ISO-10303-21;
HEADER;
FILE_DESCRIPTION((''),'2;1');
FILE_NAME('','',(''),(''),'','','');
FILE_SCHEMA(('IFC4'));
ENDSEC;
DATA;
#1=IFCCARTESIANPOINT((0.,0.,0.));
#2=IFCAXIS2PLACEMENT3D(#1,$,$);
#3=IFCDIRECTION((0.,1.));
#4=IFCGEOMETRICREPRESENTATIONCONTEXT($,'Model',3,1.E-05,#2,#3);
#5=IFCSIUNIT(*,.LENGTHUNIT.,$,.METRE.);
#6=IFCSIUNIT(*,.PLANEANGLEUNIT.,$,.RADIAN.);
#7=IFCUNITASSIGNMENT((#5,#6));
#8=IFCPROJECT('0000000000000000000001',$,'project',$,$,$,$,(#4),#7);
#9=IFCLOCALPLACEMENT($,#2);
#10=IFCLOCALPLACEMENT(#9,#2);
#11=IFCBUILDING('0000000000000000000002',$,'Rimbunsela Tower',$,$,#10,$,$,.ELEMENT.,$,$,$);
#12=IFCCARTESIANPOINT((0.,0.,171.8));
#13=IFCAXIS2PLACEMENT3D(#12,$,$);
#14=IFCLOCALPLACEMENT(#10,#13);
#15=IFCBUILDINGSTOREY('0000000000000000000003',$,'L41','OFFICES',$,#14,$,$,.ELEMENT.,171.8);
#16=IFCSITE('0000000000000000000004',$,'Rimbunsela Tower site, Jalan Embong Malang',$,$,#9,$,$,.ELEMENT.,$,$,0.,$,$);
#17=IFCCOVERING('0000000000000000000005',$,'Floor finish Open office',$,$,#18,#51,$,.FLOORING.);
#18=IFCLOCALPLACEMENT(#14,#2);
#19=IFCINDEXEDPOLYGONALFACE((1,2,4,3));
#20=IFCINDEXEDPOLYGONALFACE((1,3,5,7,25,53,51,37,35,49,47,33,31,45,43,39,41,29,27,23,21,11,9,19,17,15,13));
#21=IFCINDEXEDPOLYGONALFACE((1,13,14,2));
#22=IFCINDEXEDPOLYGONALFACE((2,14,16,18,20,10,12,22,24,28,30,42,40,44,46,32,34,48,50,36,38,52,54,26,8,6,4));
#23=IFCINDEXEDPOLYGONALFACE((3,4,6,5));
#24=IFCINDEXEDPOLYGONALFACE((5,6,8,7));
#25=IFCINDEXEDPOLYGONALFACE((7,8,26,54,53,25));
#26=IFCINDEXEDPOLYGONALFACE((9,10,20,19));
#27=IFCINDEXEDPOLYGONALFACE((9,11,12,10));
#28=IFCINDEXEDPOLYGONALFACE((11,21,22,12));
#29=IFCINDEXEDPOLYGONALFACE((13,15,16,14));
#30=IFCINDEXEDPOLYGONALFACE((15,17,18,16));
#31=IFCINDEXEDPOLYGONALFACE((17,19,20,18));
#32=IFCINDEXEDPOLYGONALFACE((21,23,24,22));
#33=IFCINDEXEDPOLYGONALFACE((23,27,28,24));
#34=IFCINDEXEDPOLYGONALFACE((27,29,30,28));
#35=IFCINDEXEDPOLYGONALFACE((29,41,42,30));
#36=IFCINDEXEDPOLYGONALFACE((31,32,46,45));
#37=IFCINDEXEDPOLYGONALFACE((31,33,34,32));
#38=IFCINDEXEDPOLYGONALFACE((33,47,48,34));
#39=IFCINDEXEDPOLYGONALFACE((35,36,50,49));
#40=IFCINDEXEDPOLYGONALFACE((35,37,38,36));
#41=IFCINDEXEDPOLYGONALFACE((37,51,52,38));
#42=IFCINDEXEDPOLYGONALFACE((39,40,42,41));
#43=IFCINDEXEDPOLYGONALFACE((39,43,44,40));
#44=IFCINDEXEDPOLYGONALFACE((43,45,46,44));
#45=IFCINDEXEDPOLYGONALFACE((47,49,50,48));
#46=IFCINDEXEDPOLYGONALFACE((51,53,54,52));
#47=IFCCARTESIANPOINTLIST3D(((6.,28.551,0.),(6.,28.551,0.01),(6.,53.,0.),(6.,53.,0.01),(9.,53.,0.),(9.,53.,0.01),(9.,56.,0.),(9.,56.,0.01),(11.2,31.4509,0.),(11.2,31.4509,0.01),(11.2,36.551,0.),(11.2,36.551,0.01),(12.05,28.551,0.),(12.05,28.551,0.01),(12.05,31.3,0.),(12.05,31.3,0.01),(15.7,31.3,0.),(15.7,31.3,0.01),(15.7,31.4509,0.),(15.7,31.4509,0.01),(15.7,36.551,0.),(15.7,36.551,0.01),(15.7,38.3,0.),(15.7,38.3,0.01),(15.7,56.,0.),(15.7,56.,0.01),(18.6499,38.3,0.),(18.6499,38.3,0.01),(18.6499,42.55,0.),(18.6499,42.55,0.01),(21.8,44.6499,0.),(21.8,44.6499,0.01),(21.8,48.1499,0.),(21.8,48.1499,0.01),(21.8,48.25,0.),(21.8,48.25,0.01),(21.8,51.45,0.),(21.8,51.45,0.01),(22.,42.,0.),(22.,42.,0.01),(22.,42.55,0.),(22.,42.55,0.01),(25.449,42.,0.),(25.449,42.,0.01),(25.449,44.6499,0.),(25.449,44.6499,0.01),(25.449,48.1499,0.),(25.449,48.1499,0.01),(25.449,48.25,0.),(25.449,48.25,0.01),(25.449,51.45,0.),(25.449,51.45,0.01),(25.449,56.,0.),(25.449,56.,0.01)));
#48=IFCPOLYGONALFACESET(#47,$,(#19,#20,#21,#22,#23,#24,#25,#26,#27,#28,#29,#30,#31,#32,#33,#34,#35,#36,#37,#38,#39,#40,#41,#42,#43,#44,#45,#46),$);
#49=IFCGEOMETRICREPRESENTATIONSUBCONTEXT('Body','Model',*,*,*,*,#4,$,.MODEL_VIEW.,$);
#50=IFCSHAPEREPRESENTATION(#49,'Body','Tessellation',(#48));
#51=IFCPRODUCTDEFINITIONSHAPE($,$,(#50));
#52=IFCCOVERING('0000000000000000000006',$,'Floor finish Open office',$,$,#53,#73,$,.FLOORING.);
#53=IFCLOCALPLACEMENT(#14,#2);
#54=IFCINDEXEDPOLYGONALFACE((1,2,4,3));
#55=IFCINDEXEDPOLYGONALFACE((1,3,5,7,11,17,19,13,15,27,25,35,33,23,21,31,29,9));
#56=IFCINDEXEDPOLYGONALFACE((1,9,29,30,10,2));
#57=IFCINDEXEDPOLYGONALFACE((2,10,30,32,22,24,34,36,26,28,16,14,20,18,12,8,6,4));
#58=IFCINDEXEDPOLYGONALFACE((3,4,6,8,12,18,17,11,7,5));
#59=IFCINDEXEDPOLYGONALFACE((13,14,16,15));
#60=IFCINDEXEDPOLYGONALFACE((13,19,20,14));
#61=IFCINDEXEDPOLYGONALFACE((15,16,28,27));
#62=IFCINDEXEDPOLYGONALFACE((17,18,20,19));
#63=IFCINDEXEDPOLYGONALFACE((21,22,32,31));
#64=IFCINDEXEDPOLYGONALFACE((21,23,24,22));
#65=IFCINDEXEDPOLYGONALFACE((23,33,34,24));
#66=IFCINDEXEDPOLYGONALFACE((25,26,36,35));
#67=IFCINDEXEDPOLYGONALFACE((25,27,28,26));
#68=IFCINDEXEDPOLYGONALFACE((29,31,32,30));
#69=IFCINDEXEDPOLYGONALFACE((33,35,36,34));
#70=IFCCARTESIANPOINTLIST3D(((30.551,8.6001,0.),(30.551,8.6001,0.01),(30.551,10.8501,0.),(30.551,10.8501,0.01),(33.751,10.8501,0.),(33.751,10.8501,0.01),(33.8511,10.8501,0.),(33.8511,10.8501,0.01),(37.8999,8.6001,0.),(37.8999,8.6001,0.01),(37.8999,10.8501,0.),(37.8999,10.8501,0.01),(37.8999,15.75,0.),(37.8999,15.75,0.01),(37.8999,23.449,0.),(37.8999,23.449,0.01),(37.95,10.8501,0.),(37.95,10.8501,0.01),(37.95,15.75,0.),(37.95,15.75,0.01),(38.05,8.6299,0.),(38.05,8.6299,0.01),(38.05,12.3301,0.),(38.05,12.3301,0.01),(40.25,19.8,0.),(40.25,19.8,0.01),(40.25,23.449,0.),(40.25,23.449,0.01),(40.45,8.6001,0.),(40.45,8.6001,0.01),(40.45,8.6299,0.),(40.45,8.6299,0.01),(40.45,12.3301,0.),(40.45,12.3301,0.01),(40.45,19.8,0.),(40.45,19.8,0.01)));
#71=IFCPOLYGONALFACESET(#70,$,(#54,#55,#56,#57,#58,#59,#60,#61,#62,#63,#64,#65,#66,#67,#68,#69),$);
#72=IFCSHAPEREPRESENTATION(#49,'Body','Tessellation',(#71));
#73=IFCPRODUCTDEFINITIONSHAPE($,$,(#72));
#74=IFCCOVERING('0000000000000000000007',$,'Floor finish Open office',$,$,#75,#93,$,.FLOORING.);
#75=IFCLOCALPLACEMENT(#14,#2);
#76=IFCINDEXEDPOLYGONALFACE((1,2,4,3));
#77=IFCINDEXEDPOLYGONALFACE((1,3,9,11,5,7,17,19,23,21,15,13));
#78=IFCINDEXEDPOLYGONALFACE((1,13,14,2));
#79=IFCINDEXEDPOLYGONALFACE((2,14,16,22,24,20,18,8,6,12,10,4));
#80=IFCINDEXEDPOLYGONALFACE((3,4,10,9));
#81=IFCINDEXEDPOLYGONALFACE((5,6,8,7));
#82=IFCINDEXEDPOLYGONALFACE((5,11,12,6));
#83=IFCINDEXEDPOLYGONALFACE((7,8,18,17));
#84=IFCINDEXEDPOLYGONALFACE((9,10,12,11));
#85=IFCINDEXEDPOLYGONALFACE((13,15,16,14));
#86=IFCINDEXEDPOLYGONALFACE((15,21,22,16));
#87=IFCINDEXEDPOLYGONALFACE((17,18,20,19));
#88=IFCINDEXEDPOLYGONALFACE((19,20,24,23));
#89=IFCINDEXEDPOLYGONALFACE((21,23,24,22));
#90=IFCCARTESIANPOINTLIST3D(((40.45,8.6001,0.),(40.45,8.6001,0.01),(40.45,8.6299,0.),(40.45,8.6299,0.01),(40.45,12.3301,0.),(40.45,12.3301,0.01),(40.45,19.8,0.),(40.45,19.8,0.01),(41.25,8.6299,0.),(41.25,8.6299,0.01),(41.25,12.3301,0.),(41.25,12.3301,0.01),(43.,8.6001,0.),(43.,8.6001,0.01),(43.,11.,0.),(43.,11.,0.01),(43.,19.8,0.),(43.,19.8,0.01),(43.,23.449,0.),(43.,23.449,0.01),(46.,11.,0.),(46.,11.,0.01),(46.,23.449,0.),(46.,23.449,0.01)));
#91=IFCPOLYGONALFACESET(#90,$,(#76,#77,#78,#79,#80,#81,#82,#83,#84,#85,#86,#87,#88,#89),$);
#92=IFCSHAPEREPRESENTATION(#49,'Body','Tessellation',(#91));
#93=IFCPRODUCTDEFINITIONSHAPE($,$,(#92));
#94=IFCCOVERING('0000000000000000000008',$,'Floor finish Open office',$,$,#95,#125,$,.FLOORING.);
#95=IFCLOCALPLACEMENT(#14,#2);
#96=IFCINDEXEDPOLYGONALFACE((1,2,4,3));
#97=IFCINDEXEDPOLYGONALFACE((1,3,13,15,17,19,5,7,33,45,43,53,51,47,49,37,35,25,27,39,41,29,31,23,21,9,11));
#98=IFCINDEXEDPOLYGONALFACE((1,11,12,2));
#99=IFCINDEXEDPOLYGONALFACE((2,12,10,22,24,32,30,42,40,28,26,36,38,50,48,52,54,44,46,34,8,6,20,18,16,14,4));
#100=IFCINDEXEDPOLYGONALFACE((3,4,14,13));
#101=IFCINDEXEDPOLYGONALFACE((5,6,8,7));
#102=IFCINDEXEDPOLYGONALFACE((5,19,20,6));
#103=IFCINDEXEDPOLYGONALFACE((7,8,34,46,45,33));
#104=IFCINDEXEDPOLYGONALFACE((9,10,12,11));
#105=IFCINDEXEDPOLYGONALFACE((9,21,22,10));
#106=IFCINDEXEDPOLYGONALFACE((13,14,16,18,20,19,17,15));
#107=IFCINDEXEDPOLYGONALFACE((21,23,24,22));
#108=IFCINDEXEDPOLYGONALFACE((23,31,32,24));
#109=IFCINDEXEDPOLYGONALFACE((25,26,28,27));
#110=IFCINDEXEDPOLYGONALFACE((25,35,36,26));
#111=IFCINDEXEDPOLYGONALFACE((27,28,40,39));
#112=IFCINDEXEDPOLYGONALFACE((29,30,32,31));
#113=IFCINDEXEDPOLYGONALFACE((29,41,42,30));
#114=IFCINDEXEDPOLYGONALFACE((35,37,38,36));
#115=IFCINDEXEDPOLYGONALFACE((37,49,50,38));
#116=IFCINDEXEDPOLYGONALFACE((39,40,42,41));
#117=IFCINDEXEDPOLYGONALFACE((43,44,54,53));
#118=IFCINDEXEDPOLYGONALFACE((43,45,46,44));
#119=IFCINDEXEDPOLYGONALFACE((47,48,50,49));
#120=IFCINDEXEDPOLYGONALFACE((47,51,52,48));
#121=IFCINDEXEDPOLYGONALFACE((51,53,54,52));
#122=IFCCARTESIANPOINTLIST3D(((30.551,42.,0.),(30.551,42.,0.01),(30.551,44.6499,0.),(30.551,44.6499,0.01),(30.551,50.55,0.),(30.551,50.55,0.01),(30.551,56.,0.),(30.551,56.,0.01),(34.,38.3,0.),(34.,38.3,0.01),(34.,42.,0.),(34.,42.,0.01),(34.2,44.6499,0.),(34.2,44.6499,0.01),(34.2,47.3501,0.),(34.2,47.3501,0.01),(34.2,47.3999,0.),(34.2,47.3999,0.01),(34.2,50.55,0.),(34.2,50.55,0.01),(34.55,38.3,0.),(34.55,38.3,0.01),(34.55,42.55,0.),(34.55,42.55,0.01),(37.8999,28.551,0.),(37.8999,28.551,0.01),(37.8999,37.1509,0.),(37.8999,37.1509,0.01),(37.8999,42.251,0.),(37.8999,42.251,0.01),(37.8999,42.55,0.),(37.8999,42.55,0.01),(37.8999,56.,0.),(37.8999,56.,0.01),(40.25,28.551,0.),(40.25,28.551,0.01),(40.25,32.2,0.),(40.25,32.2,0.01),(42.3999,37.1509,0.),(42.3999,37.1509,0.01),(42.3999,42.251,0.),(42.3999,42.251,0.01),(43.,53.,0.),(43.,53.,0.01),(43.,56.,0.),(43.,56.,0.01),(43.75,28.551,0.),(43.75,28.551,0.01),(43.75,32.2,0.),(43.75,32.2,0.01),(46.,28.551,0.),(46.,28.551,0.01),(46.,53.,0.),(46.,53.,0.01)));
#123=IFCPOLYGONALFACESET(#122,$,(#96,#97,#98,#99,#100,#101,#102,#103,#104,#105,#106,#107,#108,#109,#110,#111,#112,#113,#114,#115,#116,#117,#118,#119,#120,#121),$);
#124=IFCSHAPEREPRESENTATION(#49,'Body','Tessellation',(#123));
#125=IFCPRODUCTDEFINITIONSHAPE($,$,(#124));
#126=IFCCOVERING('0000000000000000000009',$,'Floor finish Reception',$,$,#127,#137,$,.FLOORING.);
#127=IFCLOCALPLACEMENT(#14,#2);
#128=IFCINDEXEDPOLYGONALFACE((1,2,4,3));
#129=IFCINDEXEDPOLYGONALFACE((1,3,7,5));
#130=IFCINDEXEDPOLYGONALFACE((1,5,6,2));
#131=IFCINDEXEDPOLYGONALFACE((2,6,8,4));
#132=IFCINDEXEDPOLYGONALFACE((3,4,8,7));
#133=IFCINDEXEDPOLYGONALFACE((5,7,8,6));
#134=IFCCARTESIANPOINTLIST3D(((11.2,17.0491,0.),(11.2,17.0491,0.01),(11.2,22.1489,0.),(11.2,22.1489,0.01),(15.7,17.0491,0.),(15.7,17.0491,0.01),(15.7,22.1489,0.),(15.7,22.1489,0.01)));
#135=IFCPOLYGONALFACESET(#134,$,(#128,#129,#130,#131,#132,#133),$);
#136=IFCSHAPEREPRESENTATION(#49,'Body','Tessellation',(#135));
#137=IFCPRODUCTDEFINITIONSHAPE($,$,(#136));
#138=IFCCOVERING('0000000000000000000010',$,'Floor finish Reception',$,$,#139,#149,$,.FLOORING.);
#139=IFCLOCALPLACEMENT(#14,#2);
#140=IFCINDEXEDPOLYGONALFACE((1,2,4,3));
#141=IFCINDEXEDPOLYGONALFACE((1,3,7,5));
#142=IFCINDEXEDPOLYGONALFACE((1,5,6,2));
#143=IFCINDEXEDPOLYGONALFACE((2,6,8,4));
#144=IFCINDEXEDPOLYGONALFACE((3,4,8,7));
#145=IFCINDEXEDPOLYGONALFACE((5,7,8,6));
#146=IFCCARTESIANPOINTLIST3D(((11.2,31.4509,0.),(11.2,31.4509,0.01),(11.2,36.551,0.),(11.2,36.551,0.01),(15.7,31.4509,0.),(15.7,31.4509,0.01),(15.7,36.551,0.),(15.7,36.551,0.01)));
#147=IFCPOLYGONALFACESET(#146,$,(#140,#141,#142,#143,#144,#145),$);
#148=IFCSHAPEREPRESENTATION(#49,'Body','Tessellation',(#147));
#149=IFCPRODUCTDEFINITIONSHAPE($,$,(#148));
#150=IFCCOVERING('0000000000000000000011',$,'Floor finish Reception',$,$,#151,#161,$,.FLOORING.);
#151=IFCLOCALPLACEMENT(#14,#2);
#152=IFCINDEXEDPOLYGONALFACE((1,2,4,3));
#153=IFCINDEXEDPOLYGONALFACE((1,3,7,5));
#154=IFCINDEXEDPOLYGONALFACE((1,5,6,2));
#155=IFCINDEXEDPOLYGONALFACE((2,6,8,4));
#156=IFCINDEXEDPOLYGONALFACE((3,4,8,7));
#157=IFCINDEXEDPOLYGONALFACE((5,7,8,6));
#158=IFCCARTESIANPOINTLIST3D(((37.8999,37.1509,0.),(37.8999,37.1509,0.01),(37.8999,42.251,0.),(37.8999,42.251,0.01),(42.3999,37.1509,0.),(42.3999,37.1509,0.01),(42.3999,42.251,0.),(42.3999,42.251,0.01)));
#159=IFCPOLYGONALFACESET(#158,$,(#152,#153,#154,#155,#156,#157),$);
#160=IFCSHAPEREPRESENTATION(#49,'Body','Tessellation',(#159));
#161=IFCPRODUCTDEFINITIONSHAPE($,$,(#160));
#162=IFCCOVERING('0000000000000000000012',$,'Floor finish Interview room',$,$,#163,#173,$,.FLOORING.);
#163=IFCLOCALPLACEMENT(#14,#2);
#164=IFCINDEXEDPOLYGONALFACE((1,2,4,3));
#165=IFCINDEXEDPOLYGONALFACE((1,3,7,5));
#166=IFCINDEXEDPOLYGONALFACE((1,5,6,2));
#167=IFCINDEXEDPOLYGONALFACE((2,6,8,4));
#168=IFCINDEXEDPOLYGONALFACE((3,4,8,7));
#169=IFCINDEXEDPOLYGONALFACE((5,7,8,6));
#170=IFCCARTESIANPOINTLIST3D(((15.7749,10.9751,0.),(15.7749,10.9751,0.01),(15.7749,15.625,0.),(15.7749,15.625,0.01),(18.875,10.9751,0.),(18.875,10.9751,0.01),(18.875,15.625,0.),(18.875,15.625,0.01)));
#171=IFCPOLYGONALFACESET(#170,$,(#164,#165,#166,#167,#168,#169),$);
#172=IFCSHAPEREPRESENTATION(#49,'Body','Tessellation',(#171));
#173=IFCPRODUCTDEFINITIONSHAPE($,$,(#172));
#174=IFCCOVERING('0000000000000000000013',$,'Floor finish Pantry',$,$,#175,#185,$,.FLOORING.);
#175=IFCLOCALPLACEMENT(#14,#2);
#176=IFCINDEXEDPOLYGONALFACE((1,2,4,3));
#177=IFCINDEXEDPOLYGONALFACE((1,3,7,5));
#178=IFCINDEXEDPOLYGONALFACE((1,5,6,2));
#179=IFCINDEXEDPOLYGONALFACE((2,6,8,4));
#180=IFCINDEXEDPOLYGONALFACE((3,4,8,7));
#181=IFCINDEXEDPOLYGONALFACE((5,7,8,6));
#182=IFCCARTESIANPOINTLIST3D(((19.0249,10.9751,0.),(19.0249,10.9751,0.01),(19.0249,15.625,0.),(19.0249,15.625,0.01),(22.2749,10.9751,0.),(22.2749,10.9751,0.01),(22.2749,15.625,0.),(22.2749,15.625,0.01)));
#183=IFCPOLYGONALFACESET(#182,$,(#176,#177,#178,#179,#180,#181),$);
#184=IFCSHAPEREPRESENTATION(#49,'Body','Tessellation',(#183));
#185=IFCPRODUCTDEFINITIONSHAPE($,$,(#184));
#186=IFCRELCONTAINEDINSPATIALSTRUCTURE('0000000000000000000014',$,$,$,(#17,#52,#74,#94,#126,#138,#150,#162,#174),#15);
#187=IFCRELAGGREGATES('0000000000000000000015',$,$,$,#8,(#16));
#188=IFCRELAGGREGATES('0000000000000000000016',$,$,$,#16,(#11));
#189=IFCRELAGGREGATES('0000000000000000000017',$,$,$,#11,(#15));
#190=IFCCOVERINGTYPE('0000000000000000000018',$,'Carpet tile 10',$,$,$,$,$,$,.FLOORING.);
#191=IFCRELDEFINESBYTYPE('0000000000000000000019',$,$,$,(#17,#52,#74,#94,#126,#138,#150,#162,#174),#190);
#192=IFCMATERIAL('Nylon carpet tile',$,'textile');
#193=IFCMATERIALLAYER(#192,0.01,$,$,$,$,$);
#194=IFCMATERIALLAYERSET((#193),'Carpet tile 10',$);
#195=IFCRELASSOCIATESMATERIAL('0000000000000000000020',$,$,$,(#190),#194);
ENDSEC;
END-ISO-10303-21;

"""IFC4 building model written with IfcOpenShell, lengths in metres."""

from ifc_helpers import new_model, si_unit, direction, frame, origin, place, context, subcontext, project, spatial, polyline, outline, extrude, material, layer, layer_set, type_object, element, save


model = new_model("IFC4")

# Units and contexts
model_context = context("Model", 3, precision=1e-05, world=origin(), true_north=direction((0.0, 1.0)))
body_context = subcontext(model_context, "Body", "Model", "MODEL_VIEW")
ifc_project = project(units=[si_unit("LENGTHUNIT", "METRE"), si_unit("PLANEANGLEUNIT", "RADIAN")], contexts=[model_context])

# Site, building, storey
site_placement = place(None, origin())
site = spatial("IfcSite", under=ifc_project, at=site_placement, Name="Rimbunsela Tower site, Jalan Embong Malang", CompositionType="ELEMENT", RefElevation=0.0)
building_placement = place(site_placement, origin())
building = spatial("IfcBuilding", under=site, at=building_placement, Name="Rimbunsela Tower", CompositionType="ELEMENT")
storey_placement = place(building_placement, frame((0.0, 0.0, 171.8)))
storey = spatial("IfcBuildingStorey", under=building, at=storey_placement, Name="L41", Description="OFFICES", CompositionType="ELEMENT", Elevation=171.8)

# Coverings
ifc_material_1 = material(Name="Nylon carpet tile", Category="textile")
ifc_layer_1 = layer(ifc_material_1, 0.01)
ifc_layer_set_1 = layer_set([ifc_layer_1], Name="Carpet tile 10")
covering_type_1 = type_object("IfcCoveringType", Name="Carpet tile 10", PredefinedType="FLOORING", material=ifc_layer_set_1)
covering_1_placement = place(storey_placement, origin())
element("IfcCovering", 1, at=covering_1_placement, inside=storey, type_object=covering_type_1, Name="Floor finish Open office", PredefinedType="FLOORING", context=body_context, shape_type="SweptSolid", body=[
    extrude(outline(polyline([(11.2, 31.4509), (15.7, 31.4509), (15.7, 31.3), (12.05, 31.3), (12.05, 28.551), (6.0, 28.551), (6.0, 53.0), (9.0, 53.0), (9.0, 56.0), (15.7, 56.0), (25.449, 56.0), (25.449, 51.45), (21.8, 51.45), (21.8, 48.25), (25.449, 48.25), (25.449, 48.1499), (21.8, 48.1499), (21.8, 44.6499), (25.449, 44.6499), (25.449, 42.0), (22.0, 42.0), (22.0, 42.55), (18.6499, 42.55), (18.6499, 38.3), (15.7, 38.3), (15.7, 36.551), (11.2, 36.551), (11.2, 31.4509)])), origin(), (0.0, 0.0, 1.0), 0.01),
])
covering_2_placement = place(storey_placement, origin())
element("IfcCovering", 2, at=covering_2_placement, inside=storey, type_object=covering_type_1, Name="Floor finish Open office", PredefinedType="FLOORING", context=body_context, shape_type="SweptSolid", body=[
    extrude(outline(polyline([(33.751, 10.8501), (33.8511, 10.8501), (37.8999, 10.8501), (37.95, 10.8501), (37.95, 15.75), (37.8999, 15.75), (37.8999, 23.449), (40.25, 23.449), (40.25, 19.8), (40.45, 19.8), (40.45, 12.3301), (38.05, 12.3301), (38.05, 8.6299), (40.45, 8.6299), (40.45, 8.6001), (37.8999, 8.6001), (30.551, 8.6001), (30.551, 10.8501), (33.751, 10.8501)])), origin(), (0.0, 0.0, 1.0), 0.01),
])
covering_3_placement = place(storey_placement, origin())
element("IfcCovering", 3, at=covering_3_placement, inside=storey, type_object=covering_type_1, Name="Floor finish Open office", PredefinedType="FLOORING", context=body_context, shape_type="SweptSolid", body=[
    extrude(outline(polyline([(40.45, 19.8), (43.0, 19.8), (43.0, 23.449), (46.0, 23.449), (46.0, 11.0), (43.0, 11.0), (43.0, 8.6001), (40.45, 8.6001), (40.45, 8.6299), (41.25, 8.6299), (41.25, 12.3301), (40.45, 12.3301), (40.45, 19.8)])), origin(), (0.0, 0.0, 1.0), 0.01),
])
covering_4_placement = place(storey_placement, origin())
element("IfcCovering", 4, at=covering_4_placement, inside=storey, type_object=covering_type_1, Name="Floor finish Open office", PredefinedType="FLOORING", context=body_context, shape_type="SweptSolid", body=[
    extrude(outline(polyline([(37.8999, 42.55), (34.55, 42.55), (34.55, 38.3), (34.0, 38.3), (34.0, 42.0), (30.551, 42.0), (30.551, 44.6499), (34.2, 44.6499), (34.2, 47.3501), (34.2, 47.3999), (34.2, 50.55), (30.551, 50.55), (30.551, 56.0), (37.8999, 56.0), (43.0, 56.0), (43.0, 53.0), (46.0, 53.0), (46.0, 28.551), (43.75, 28.551), (43.75, 32.2), (40.25, 32.2), (40.25, 28.551), (37.8999, 28.551), (37.8999, 37.1509), (42.3999, 37.1509), (42.3999, 42.251), (37.8999, 42.251), (37.8999, 42.55)])), origin(), (0.0, 0.0, 1.0), 0.01),
])
covering_5_placement = place(storey_placement, origin())
element("IfcCovering", 5, at=covering_5_placement, inside=storey, type_object=covering_type_1, Name="Floor finish Reception", PredefinedType="FLOORING", context=body_context, shape_type="SweptSolid", body=[
    extrude(outline(polyline([(15.7, 17.0491), (15.7, 22.1489), (11.2, 22.1489), (11.2, 17.0491), (15.7, 17.0491)])), origin(), (0.0, 0.0, 1.0), 0.01),
])
covering_6_placement = place(storey_placement, origin())
element("IfcCovering", 6, at=covering_6_placement, inside=storey, type_object=covering_type_1, Name="Floor finish Reception", PredefinedType="FLOORING", context=body_context, shape_type="SweptSolid", body=[
    extrude(outline(polyline([(15.7, 31.4509), (15.7, 36.551), (11.2, 36.551), (11.2, 31.4509), (15.7, 31.4509)])), origin(), (0.0, 0.0, 1.0), 0.01),
])
covering_7_placement = place(storey_placement, origin())
element("IfcCovering", 7, at=covering_7_placement, inside=storey, type_object=covering_type_1, Name="Floor finish Reception", PredefinedType="FLOORING", context=body_context, shape_type="SweptSolid", body=[
    extrude(outline(polyline([(42.3999, 37.1509), (42.3999, 42.251), (37.8999, 42.251), (37.8999, 37.1509), (42.3999, 37.1509)])), origin(), (0.0, 0.0, 1.0), 0.01),
])
covering_8_placement = place(storey_placement, origin())
element("IfcCovering", 8, at=covering_8_placement, inside=storey, type_object=covering_type_1, Name="Floor finish Interview room", PredefinedType="FLOORING", context=body_context, shape_type="SweptSolid", body=[
    extrude(outline(polyline([(18.875, 10.9751), (18.875, 15.625), (15.7749, 15.625), (15.7749, 10.9751), (18.875, 10.9751)])), origin(), (0.0, 0.0, 1.0), 0.01),
])
covering_9_placement = place(storey_placement, origin())
element("IfcCovering", 9, at=covering_9_placement, inside=storey, type_object=covering_type_1, Name="Floor finish Pantry", PredefinedType="FLOORING", context=body_context, shape_type="SweptSolid", body=[
    extrude(outline(polyline([(22.2749, 10.9751), (22.2749, 15.625), (19.0249, 15.625), (19.0249, 10.9751), (22.2749, 10.9751)])), origin(), (0.0, 0.0, 1.0), 0.01),
])

save(model, "model.ifc")
